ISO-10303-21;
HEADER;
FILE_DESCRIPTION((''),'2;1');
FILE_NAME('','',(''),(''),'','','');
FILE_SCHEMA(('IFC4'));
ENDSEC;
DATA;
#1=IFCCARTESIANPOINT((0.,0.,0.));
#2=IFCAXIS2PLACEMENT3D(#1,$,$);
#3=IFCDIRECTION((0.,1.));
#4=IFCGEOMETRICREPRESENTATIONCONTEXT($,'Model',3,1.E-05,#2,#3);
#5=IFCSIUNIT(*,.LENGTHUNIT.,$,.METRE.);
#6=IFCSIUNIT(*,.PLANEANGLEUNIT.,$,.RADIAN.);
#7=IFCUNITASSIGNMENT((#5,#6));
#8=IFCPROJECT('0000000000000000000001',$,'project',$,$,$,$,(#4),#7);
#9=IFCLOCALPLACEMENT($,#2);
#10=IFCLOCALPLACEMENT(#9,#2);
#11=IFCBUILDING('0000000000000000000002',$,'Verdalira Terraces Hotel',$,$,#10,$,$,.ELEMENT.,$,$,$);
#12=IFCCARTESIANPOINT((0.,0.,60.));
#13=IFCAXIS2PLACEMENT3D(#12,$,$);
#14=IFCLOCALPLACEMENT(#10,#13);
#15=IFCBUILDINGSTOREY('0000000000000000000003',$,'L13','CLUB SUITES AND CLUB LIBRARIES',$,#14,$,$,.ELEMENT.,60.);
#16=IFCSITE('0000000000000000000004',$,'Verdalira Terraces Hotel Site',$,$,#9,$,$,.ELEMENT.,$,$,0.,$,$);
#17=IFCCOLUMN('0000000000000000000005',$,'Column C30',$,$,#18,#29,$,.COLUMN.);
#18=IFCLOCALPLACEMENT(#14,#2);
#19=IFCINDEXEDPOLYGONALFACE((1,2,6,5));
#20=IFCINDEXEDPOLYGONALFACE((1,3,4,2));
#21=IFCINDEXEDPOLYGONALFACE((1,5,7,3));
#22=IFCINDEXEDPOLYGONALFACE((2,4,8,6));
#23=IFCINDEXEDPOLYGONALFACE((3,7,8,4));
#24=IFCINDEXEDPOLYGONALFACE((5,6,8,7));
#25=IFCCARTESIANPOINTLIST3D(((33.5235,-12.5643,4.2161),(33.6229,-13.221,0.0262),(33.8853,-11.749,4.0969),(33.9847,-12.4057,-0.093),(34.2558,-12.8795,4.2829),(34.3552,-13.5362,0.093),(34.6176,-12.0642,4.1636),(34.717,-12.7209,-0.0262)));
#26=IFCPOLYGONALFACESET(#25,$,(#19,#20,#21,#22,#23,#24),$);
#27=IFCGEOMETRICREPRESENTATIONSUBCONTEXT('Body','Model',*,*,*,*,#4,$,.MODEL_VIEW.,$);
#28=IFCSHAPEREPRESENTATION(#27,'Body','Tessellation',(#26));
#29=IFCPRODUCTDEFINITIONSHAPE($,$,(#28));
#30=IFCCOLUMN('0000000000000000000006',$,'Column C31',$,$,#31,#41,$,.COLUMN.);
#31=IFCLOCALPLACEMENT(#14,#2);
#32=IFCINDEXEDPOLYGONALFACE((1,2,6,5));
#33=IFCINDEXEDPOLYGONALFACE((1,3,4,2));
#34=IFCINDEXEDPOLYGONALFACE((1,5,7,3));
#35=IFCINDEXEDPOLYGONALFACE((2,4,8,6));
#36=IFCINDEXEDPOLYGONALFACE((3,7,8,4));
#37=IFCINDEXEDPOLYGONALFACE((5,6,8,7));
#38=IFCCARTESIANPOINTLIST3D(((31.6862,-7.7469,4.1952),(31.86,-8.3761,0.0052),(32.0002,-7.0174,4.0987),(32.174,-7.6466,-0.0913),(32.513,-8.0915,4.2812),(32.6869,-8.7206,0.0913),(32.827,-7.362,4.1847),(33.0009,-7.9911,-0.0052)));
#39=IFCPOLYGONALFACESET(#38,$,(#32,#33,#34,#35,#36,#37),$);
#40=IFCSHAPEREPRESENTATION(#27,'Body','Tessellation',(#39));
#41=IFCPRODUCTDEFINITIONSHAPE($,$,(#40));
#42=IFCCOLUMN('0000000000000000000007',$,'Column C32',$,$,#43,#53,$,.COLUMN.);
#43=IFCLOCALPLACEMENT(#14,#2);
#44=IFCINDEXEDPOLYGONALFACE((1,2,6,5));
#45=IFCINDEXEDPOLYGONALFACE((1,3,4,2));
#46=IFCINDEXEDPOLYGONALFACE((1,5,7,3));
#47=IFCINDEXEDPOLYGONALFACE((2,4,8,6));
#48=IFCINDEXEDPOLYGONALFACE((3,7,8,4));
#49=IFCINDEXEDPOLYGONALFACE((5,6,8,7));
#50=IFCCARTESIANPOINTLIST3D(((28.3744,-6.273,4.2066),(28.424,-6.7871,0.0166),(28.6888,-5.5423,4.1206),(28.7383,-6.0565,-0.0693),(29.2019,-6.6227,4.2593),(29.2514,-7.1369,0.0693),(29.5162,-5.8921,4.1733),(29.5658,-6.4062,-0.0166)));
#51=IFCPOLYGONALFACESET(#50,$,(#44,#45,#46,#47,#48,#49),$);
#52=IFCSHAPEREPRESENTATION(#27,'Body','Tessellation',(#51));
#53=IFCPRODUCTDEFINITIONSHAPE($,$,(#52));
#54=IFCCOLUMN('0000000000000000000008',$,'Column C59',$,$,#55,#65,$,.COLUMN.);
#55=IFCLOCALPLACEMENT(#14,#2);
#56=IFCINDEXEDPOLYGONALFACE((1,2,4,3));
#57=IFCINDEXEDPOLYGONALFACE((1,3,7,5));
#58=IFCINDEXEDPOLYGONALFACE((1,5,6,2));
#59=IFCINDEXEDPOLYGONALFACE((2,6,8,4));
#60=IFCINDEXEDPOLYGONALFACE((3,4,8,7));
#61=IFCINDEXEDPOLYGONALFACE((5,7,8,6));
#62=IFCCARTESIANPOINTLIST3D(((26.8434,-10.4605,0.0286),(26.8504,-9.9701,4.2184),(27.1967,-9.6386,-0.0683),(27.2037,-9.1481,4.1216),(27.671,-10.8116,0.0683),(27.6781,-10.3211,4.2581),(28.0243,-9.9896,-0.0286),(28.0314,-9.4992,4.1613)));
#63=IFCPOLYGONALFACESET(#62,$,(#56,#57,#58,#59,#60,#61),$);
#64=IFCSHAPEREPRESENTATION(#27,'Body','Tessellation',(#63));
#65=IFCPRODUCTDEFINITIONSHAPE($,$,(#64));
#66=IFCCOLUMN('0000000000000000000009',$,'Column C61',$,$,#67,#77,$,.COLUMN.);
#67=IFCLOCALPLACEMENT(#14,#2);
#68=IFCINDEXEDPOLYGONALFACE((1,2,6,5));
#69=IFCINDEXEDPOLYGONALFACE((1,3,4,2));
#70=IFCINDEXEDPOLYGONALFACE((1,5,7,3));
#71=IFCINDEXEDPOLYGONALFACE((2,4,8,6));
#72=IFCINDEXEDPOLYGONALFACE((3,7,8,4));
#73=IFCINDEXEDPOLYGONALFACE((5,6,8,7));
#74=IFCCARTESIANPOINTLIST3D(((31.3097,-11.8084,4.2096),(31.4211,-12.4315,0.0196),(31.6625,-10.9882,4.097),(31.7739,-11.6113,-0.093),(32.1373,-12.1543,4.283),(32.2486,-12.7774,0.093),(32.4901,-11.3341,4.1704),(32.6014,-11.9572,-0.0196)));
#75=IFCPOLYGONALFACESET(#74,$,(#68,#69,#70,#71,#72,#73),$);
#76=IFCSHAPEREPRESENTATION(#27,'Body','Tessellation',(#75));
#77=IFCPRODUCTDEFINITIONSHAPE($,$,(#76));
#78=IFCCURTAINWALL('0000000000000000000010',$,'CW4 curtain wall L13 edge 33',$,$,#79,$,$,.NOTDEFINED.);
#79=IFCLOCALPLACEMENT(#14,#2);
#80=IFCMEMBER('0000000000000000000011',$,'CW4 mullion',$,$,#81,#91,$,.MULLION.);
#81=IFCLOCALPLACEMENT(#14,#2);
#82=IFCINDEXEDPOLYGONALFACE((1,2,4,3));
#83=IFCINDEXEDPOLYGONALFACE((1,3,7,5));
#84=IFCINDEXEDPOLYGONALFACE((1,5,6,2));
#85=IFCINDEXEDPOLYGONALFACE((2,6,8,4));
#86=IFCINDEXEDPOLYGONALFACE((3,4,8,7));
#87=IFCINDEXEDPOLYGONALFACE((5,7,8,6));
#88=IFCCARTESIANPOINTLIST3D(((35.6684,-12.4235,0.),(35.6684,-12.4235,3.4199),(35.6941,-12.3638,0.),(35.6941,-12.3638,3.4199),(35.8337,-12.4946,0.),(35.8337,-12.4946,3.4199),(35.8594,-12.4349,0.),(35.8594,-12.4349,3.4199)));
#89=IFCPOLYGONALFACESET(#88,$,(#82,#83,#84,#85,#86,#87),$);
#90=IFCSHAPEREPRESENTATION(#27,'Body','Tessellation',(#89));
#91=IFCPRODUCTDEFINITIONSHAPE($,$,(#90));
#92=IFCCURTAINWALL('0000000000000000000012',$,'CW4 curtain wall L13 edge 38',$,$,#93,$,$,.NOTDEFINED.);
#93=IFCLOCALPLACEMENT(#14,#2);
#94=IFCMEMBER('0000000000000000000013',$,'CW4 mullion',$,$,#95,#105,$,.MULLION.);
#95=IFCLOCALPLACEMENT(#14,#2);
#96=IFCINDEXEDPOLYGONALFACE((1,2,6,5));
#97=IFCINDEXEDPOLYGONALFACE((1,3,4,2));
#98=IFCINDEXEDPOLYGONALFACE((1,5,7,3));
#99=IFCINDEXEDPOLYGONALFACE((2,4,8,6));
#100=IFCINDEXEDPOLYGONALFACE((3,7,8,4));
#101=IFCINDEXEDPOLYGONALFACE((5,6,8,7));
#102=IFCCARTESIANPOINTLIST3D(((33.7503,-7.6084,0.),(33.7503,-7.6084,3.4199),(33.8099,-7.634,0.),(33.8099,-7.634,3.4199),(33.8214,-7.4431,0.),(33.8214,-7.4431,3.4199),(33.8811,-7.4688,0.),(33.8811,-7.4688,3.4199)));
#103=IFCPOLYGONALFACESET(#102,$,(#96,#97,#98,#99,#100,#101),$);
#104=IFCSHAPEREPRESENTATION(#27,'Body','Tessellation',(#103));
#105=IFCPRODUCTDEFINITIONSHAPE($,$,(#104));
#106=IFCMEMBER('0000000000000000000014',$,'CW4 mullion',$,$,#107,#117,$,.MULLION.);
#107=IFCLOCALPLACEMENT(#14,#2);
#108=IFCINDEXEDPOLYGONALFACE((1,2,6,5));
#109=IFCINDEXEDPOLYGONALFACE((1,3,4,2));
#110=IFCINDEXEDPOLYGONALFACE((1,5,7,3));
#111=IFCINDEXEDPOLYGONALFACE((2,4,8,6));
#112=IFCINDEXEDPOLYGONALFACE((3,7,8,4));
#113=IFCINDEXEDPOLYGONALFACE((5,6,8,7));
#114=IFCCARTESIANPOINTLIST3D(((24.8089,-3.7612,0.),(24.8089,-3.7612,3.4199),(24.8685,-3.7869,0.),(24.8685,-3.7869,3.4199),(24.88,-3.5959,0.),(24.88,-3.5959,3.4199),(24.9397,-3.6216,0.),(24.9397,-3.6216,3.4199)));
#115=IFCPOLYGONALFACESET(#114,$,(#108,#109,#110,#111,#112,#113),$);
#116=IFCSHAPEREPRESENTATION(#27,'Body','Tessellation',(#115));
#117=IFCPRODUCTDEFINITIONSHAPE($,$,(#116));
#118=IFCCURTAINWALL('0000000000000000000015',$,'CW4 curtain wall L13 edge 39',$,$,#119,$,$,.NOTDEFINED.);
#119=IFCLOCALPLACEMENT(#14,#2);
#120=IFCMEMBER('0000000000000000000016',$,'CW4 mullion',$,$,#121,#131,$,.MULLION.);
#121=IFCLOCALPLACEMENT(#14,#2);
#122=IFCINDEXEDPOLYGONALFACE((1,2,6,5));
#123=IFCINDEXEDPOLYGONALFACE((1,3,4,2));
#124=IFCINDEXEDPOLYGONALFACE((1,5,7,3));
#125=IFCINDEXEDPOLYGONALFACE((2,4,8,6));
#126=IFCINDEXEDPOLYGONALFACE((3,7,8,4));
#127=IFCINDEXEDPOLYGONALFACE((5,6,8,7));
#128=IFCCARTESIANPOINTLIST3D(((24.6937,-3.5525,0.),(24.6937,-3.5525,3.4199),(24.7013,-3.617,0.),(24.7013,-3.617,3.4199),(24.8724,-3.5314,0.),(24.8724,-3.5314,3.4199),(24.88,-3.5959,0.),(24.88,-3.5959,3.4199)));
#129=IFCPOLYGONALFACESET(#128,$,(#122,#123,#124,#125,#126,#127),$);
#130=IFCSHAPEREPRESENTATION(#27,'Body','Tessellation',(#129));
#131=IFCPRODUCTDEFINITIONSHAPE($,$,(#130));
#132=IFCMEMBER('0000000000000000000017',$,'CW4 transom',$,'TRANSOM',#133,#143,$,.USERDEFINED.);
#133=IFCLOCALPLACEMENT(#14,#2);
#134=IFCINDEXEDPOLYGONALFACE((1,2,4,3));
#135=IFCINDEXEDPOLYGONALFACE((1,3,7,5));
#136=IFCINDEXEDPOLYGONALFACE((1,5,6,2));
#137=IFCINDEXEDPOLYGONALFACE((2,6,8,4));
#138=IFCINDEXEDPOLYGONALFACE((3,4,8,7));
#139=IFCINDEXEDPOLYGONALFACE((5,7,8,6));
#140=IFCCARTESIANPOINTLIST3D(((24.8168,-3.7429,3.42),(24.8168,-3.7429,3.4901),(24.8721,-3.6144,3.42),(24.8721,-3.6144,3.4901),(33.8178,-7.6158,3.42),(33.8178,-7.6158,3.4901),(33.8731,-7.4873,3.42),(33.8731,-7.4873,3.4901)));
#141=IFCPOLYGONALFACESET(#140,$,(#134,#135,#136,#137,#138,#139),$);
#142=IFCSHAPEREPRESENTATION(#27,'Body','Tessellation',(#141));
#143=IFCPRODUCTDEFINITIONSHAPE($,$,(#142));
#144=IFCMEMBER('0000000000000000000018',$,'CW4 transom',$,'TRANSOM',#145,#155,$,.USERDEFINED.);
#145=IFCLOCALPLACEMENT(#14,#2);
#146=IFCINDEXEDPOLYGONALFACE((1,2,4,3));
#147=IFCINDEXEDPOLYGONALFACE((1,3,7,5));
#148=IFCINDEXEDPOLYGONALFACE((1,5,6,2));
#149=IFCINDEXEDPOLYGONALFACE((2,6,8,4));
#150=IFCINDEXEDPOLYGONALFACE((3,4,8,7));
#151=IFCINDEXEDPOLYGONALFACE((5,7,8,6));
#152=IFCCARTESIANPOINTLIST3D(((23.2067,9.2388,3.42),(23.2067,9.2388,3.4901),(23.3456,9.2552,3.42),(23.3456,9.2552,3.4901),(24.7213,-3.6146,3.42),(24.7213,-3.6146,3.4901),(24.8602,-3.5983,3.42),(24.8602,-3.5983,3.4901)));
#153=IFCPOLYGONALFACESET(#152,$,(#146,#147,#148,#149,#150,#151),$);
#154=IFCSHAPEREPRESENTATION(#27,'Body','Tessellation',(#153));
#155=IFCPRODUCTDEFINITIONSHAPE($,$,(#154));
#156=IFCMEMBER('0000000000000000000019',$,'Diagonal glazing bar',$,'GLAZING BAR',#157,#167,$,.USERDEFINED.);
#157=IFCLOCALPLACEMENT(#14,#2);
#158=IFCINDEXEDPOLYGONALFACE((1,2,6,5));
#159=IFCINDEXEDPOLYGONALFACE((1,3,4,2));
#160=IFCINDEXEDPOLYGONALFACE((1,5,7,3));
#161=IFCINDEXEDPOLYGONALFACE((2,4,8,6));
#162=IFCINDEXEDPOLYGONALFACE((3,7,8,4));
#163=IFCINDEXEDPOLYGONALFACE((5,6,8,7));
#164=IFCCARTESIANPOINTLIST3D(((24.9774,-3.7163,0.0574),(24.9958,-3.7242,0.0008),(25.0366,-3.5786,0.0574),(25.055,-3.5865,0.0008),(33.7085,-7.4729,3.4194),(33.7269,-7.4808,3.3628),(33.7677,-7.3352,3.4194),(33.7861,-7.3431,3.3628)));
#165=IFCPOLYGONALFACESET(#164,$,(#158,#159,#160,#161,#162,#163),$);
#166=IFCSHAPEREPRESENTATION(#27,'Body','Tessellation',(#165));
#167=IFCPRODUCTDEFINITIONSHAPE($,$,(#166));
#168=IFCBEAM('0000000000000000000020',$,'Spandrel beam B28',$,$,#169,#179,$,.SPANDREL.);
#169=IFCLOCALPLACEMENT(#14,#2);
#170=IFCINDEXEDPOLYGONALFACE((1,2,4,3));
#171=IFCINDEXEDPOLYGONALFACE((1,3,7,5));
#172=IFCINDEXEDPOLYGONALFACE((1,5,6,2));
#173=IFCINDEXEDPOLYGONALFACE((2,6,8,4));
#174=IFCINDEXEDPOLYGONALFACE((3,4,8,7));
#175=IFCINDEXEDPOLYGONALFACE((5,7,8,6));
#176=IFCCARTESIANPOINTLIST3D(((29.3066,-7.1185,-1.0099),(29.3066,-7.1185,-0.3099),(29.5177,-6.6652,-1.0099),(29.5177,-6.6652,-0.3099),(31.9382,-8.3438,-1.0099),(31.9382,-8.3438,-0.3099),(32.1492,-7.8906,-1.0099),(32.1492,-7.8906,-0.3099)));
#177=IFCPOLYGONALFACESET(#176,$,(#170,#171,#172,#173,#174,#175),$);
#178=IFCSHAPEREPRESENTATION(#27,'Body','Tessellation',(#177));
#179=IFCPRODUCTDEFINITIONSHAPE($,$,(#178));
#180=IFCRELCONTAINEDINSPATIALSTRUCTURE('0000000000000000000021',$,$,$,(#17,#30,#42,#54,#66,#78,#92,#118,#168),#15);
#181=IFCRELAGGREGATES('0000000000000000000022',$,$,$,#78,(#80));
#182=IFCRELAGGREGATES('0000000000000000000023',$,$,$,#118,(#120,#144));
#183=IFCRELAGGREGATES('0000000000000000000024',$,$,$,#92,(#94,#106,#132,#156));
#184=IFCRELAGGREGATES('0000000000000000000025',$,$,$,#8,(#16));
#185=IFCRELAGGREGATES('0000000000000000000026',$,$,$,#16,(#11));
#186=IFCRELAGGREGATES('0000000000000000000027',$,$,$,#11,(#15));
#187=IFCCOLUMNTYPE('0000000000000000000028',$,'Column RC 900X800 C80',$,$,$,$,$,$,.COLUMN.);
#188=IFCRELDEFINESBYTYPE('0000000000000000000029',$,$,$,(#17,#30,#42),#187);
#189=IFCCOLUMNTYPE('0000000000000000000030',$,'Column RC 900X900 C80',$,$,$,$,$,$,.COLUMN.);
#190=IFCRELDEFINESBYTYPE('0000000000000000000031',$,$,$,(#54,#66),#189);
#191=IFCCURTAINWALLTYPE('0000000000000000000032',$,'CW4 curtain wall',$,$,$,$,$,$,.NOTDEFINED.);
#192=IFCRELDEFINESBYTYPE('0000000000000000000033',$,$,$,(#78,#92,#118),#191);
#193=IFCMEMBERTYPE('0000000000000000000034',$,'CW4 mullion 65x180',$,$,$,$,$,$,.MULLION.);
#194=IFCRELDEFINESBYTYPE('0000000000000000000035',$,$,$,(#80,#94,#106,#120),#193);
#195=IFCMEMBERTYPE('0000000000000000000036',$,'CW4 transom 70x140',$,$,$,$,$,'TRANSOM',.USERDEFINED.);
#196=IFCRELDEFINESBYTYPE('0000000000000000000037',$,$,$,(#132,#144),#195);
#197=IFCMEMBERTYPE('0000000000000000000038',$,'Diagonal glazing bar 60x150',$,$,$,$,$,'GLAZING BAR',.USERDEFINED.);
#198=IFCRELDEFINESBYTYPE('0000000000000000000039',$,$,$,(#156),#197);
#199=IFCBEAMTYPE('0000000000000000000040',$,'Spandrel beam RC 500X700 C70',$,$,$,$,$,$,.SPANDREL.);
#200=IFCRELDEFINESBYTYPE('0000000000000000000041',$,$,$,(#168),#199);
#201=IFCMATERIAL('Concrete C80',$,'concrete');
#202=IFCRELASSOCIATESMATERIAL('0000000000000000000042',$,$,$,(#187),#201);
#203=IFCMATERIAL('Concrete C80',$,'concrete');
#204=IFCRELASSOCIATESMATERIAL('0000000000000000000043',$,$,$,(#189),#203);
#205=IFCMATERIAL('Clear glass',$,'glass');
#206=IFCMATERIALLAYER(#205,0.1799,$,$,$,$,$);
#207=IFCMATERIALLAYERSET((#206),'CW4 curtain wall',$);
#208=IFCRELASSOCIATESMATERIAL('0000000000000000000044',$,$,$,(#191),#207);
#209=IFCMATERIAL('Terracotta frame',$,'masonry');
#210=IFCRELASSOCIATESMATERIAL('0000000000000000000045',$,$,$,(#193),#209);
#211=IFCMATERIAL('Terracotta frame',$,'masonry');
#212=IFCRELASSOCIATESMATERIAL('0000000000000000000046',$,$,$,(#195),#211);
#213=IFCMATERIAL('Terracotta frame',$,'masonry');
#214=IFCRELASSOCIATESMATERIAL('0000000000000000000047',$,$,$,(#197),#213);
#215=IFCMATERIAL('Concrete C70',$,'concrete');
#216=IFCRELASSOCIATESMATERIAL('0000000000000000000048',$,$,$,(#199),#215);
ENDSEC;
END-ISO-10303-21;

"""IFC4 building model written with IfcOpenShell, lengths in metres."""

from ifc_helpers import new_model, si_unit, direction, frame, origin, origin_2d, place, context, subcontext, project, spatial, rectangle, extrude, material, layer, layer_set, material_profile, profile_set, type_object, element, aggregate, save


model = new_model("IFC4")

# Units and contexts
model_context = context("Model", 3, precision=1e-05, world=origin(), true_north=direction((0.0, 1.0)))
body_context = subcontext(model_context, "Body", "Model", "MODEL_VIEW")
ifc_project = project(units=[si_unit("LENGTHUNIT", "METRE"), si_unit("PLANEANGLEUNIT", "RADIAN")], contexts=[model_context])

# Site, building, storey
site_placement = place(None, origin())
site = spatial("IfcSite", under=ifc_project, at=site_placement, Name="Verdalira Terraces Hotel Site", CompositionType="ELEMENT", RefElevation=0.0)
building_placement = place(site_placement, origin())
building = spatial("IfcBuilding", under=site, at=building_placement, Name="Verdalira Terraces Hotel", CompositionType="ELEMENT")
storey_placement = place(building_placement, frame((0.0, 0.0, 60.0)))
storey = spatial("IfcBuildingStorey", under=building, at=storey_placement, Name="L13", Description="CLUB SUITES AND CLUB LIBRARIES", CompositionType="ELEMENT", Elevation=60.0)

# Columns
ifc_material_1 = material(Name="Concrete C80", Category="concrete")
ifc_material_profile_1 = material_profile(ifc_material_1, rectangle(XDim=0.8999, YDim=0.8, at=origin_2d()), Name="RC 900X800")
ifc_profile_set_1 = profile_set([ifc_material_profile_1], Name="Concrete C80")
column_type_1 = type_object("IfcColumnType", Name="Column RC 900X800 C80", PredefinedType="COLUMN", material=ifc_profile_set_1)
column_1_placement = place(storey_placement, frame((34.1699, -12.9709, 0.0), z_axis=(-0.023423, 0.154809, 0.987667), x_axis=(0.402013, 0.906, -0.132474)))
element("IfcColumn", 1, at=column_1_placement, inside=storey, type_object=column_type_1, Name="Column C30", PredefinedType="COLUMN", context=body_context, shape_type="SweptSolid", body=[
    extrude(rectangle(XDim=0.8999, YDim=0.8, at=origin_2d()), origin(), (0.0, 0.0, 1.0), 4.2422),
])
column_2_placement = place(storey_placement, frame((32.4304, -8.1836, 0.0), z_axis=(-0.040993, 0.148368, 0.988082), x_axis=(-0.918845, 0.382862, -0.09561)))
element("IfcColumn", 2, at=column_2_placement, inside=storey, type_object=column_type_1, Name="Column C31", PredefinedType="COLUMN", context=body_context, shape_type="SweptSolid", body=[
    extrude(rectangle(XDim=0.8999, YDim=0.8, at=origin_2d()), origin(), (0.0, 0.0, 1.0), 4.2405),
])
column_3_placement = place(storey_placement, frame((28.9949, -6.5967, 0.0), z_axis=(-0.01174, 0.121791, 0.992486), x_axis=(-0.919502, 0.388696, -0.058574)))
element("IfcColumn", 3, at=column_3_placement, inside=storey, type_object=column_type_1, Name="Column C32", PredefinedType="COLUMN", context=body_context, shape_type="SweptSolid", body=[
    extrude(rectangle(XDim=0.8999, YDim=0.8, at=origin_2d()), origin(), (0.0, 0.0, 1.0), 4.2217),
])
ifc_material_2 = material(Name="Concrete C80", Category="concrete")
ifc_material_profile_2 = material_profile(ifc_material_2, rectangle(XDim=0.8999, YDim=0.8999, at=origin_2d()), Name="RC 900X900")
ifc_profile_set_2 = profile_set([ifc_material_profile_2], Name="Concrete C80")
column_type_2 = type_object("IfcColumnType", Name="Column RC 900X900 C80", PredefinedType="COLUMN", material=ifc_profile_set_2)
column_4_placement = place(storey_placement, frame((27.4338, -10.2251, 0.0), z_axis=(0.001678, 0.116267, 0.993217), x_axis=(0.919709, -0.390116, 0.044113)))
element("IfcColumn", 4, at=column_4_placement, inside=storey, type_object=column_type_2, Name="Column C59", PredefinedType="COLUMN", context=body_context, shape_type="SweptSolid", body=[
    extrude(rectangle(XDim=0.8999, YDim=0.8999, at=origin_2d()), origin(), (0.0, 0.0, 1.0), 4.2185),
])
column_5_placement = place(storey_placement, frame((32.0112, -12.1943, 0.0), z_axis=(-0.026272, 0.147033, 0.988783), x_axis=(0.919564, -0.384376, 0.08159)))
element("IfcColumn", 5, at=column_5_placement, inside=storey, type_object=column_type_2, Name="Column C61", PredefinedType="COLUMN", context=body_context, shape_type="SweptSolid", body=[
    extrude(rectangle(XDim=0.8999, YDim=0.8999, at=origin_2d()), origin(), (0.0, 0.0, 1.0), 4.2375),
])

# Curtain wall, member
ifc_material_3 = material(Name="Clear glass", Category="glass")
ifc_layer_1 = layer(ifc_material_3, 0.1799)
ifc_layer_set_1 = layer_set([ifc_layer_1], Name="CW4 curtain wall")
curtain_wall_type = type_object("IfcCurtainWallType", Name="CW4 curtain wall", PredefinedType="NOTDEFINED", material=ifc_layer_set_1)
curtain_wall_1_placement = place(storey_placement, origin())
curtain_wall_1 = element("IfcCurtainWall", 6, at=curtain_wall_1_placement, inside=storey, type_object=curtain_wall_type, Name="CW4 curtain wall L13 edge 33", PredefinedType="NOTDEFINED")
ifc_material_4 = material(Name="Terracotta frame", Category="masonry")
ifc_material_profile_3 = material_profile(ifc_material_4, rectangle(XDim=0.0649, YDim=0.1799, at=origin_2d()), Name="MU 65x180")
ifc_profile_set_3 = profile_set([ifc_material_profile_3], Name="Terracotta frame")
member_type_1 = type_object("IfcMemberType", Name="CW4 mullion 65x180", PredefinedType="MULLION", material=ifc_profile_set_3)
member_1_placement = place(storey_placement, frame((35.7639, -12.4292, 0.0), z_axis=(0.0, 0.0, 1.0), x_axis=(0.395225, 0.918584, 0.0)))
member_1 = element("IfcMember", 7, at=member_1_placement, type_object=member_type_1, Name="CW4 mullion", PredefinedType="MULLION", context=body_context, shape_type="SweptSolid", body=[
    extrude(rectangle(XDim=0.0649, YDim=0.1799, at=origin_2d()), origin(), (0.0, 0.0, 1.0), 3.4199),
])
aggregate(curtain_wall_1, [member_1])

# Curtain wall, members
curtain_wall_2_placement = place(storey_placement, origin())
curtain_wall_2 = element("IfcCurtainWall", 8, at=curtain_wall_2_placement, inside=storey, type_object=curtain_wall_type, Name="CW4 curtain wall L13 edge 38", PredefinedType="NOTDEFINED")
member_2_placement = place(storey_placement, frame((33.8157, -7.5386, 0.0), z_axis=(0.0, 0.0, 1.0), x_axis=(-0.918584, 0.395225, 0.0)))
member_2 = element("IfcMember", 9, at=member_2_placement, type_object=member_type_1, Name="CW4 mullion", PredefinedType="MULLION", context=body_context, shape_type="SweptSolid", body=[
    extrude(rectangle(XDim=0.0649, YDim=0.1799, at=origin_2d()), origin(), (0.0, 0.0, 1.0), 3.4199),
])
member_3_placement = place(storey_placement, frame((24.8743, -3.6914, 0.0), z_axis=(0.0, 0.0, 1.0), x_axis=(-0.918584, 0.395225, 0.0)))
member_3 = element("IfcMember", 10, at=member_3_placement, type_object=member_type_1, Name="CW4 mullion", PredefinedType="MULLION", context=body_context, shape_type="SweptSolid", body=[
    extrude(rectangle(XDim=0.0649, YDim=0.1799, at=origin_2d()), origin(), (0.0, 0.0, 1.0), 3.4199),
])

# Curtain wall, member
curtain_wall_3_placement = place(storey_placement, origin())
curtain_wall_3 = element("IfcCurtainWall", 11, at=curtain_wall_3_placement, inside=storey, type_object=curtain_wall_type, Name="CW4 curtain wall L13 edge 39", PredefinedType="NOTDEFINED")
member_4_placement = place(storey_placement, frame((24.7869, -3.5742, 0.0), z_axis=(0.0, 0.0, 1.0), x_axis=(-0.117017, 0.99313, 0.0)))
member_4 = element("IfcMember", 12, at=member_4_placement, type_object=member_type_1, Name="CW4 mullion", PredefinedType="MULLION", context=body_context, shape_type="SweptSolid", body=[
    extrude(rectangle(XDim=0.0649, YDim=0.1799, at=origin_2d()), origin(), (0.0, 0.0, 1.0), 3.4199),
])

# Members
ifc_material_5 = material(Name="Terracotta frame", Category="masonry")
ifc_material_profile_4 = material_profile(ifc_material_5, rectangle(XDim=0.1399, YDim=0.0701, at=origin_2d()), Name="TR 70x140")
ifc_profile_set_4 = profile_set([ifc_material_profile_4], Name="Terracotta frame")
member_type_2 = type_object("IfcMemberType", Name="CW4 transom 70x140", ElementType="TRANSOM", PredefinedType="USERDEFINED", material=ifc_profile_set_4)
member_5_placement = place(storey_placement, frame((33.8455, -7.5515, 3.4551), z_axis=(-0.918581, 0.395233, 0.0), x_axis=(-0.395233, -0.918581, 0.0)))
member_5 = element("IfcMember", 13, at=member_5_placement, type_object=member_type_2, Name="CW4 transom", ObjectType="TRANSOM", PredefinedType="USERDEFINED", context=body_context, shape_type="SweptSolid", body=[
    extrude(rectangle(XDim=0.1399, YDim=0.0701, at=origin_2d()), origin(), (0.0, 0.0, 1.0), 9.7988),
])
member_6_placement = place(storey_placement, frame((24.7908, -3.6064, 3.4551), z_axis=(-0.117029, 0.993128, 0.0), x_axis=(-0.993128, -0.117029, 0.0)))
member_6 = element("IfcMember", 14, at=member_6_placement, type_object=member_type_2, Name="CW4 transom", ObjectType="TRANSOM", PredefinedType="USERDEFINED", context=body_context, shape_type="SweptSolid", body=[
    extrude(rectangle(XDim=0.1399, YDim=0.0701, at=origin_2d()), origin(), (0.0, 0.0, 1.0), 12.9424),
])
aggregate(curtain_wall_3, [member_4, member_6])
ifc_material_6 = material(Name="Terracotta frame", Category="masonry")
ifc_material_profile_5 = material_profile(ifc_material_6, rectangle(XDim=0.1499, YDim=0.0601, at=origin_2d()), Name="GB 60x150")
ifc_profile_set_5 = profile_set([ifc_material_profile_5], Name="Terracotta frame")
member_type_3 = type_object("IfcMemberType", Name="Diagonal glazing bar 60x150", ElementType="GLAZING BAR", PredefinedType="USERDEFINED", material=ifc_profile_set_5)
member_7_placement = place(storey_placement, frame((33.7473, -7.408, 3.3911), z_axis=(-0.866008, 0.372599, -0.333467), x_axis=(-0.395221, -0.918586, 0.0)))
member_7 = element("IfcMember", 15, at=member_7_placement, type_object=member_type_3, Name="Diagonal glazing bar", ObjectType="GLAZING BAR", PredefinedType="USERDEFINED", context=body_context, shape_type="SweptSolid", body=[
    extrude(rectangle(XDim=0.1499, YDim=0.0601, at=origin_2d()), origin(), (0.0, 0.0, 1.0), 10.082),
])

# Beam
ifc_material_7 = material(Name="Concrete C70", Category="concrete")
ifc_material_profile_6 = material_profile(ifc_material_7, rectangle(XDim=0.5, YDim=0.7, at=origin_2d()), Name="RC 500X700")
ifc_profile_set_6 = profile_set([ifc_material_profile_6], Name="Concrete C70")
beam_type = type_object("IfcBeamType", Name="Spandrel beam RC 500X700 C70", PredefinedType="SPANDREL", material=ifc_profile_set_6)
beam_1_placement = place(storey_placement, frame((32.0437, -8.1172, -0.6599), z_axis=(-0.906544, 0.422112, 0.0), x_axis=(-0.422112, -0.906544, 0.0)))
element("IfcBeam", 16, at=beam_1_placement, inside=storey, type_object=beam_type, Name="Spandrel beam B28", PredefinedType="SPANDREL", context=body_context, shape_type="SweptSolid", body=[
    extrude(rectangle(XDim=0.5, YDim=0.7, at=origin_2d()), origin(), (0.0, 0.0, 1.0), 2.9028),
])

aggregate(curtain_wall_2, [member_2, member_3, member_5, member_7])

save(model, "model.ifc")
